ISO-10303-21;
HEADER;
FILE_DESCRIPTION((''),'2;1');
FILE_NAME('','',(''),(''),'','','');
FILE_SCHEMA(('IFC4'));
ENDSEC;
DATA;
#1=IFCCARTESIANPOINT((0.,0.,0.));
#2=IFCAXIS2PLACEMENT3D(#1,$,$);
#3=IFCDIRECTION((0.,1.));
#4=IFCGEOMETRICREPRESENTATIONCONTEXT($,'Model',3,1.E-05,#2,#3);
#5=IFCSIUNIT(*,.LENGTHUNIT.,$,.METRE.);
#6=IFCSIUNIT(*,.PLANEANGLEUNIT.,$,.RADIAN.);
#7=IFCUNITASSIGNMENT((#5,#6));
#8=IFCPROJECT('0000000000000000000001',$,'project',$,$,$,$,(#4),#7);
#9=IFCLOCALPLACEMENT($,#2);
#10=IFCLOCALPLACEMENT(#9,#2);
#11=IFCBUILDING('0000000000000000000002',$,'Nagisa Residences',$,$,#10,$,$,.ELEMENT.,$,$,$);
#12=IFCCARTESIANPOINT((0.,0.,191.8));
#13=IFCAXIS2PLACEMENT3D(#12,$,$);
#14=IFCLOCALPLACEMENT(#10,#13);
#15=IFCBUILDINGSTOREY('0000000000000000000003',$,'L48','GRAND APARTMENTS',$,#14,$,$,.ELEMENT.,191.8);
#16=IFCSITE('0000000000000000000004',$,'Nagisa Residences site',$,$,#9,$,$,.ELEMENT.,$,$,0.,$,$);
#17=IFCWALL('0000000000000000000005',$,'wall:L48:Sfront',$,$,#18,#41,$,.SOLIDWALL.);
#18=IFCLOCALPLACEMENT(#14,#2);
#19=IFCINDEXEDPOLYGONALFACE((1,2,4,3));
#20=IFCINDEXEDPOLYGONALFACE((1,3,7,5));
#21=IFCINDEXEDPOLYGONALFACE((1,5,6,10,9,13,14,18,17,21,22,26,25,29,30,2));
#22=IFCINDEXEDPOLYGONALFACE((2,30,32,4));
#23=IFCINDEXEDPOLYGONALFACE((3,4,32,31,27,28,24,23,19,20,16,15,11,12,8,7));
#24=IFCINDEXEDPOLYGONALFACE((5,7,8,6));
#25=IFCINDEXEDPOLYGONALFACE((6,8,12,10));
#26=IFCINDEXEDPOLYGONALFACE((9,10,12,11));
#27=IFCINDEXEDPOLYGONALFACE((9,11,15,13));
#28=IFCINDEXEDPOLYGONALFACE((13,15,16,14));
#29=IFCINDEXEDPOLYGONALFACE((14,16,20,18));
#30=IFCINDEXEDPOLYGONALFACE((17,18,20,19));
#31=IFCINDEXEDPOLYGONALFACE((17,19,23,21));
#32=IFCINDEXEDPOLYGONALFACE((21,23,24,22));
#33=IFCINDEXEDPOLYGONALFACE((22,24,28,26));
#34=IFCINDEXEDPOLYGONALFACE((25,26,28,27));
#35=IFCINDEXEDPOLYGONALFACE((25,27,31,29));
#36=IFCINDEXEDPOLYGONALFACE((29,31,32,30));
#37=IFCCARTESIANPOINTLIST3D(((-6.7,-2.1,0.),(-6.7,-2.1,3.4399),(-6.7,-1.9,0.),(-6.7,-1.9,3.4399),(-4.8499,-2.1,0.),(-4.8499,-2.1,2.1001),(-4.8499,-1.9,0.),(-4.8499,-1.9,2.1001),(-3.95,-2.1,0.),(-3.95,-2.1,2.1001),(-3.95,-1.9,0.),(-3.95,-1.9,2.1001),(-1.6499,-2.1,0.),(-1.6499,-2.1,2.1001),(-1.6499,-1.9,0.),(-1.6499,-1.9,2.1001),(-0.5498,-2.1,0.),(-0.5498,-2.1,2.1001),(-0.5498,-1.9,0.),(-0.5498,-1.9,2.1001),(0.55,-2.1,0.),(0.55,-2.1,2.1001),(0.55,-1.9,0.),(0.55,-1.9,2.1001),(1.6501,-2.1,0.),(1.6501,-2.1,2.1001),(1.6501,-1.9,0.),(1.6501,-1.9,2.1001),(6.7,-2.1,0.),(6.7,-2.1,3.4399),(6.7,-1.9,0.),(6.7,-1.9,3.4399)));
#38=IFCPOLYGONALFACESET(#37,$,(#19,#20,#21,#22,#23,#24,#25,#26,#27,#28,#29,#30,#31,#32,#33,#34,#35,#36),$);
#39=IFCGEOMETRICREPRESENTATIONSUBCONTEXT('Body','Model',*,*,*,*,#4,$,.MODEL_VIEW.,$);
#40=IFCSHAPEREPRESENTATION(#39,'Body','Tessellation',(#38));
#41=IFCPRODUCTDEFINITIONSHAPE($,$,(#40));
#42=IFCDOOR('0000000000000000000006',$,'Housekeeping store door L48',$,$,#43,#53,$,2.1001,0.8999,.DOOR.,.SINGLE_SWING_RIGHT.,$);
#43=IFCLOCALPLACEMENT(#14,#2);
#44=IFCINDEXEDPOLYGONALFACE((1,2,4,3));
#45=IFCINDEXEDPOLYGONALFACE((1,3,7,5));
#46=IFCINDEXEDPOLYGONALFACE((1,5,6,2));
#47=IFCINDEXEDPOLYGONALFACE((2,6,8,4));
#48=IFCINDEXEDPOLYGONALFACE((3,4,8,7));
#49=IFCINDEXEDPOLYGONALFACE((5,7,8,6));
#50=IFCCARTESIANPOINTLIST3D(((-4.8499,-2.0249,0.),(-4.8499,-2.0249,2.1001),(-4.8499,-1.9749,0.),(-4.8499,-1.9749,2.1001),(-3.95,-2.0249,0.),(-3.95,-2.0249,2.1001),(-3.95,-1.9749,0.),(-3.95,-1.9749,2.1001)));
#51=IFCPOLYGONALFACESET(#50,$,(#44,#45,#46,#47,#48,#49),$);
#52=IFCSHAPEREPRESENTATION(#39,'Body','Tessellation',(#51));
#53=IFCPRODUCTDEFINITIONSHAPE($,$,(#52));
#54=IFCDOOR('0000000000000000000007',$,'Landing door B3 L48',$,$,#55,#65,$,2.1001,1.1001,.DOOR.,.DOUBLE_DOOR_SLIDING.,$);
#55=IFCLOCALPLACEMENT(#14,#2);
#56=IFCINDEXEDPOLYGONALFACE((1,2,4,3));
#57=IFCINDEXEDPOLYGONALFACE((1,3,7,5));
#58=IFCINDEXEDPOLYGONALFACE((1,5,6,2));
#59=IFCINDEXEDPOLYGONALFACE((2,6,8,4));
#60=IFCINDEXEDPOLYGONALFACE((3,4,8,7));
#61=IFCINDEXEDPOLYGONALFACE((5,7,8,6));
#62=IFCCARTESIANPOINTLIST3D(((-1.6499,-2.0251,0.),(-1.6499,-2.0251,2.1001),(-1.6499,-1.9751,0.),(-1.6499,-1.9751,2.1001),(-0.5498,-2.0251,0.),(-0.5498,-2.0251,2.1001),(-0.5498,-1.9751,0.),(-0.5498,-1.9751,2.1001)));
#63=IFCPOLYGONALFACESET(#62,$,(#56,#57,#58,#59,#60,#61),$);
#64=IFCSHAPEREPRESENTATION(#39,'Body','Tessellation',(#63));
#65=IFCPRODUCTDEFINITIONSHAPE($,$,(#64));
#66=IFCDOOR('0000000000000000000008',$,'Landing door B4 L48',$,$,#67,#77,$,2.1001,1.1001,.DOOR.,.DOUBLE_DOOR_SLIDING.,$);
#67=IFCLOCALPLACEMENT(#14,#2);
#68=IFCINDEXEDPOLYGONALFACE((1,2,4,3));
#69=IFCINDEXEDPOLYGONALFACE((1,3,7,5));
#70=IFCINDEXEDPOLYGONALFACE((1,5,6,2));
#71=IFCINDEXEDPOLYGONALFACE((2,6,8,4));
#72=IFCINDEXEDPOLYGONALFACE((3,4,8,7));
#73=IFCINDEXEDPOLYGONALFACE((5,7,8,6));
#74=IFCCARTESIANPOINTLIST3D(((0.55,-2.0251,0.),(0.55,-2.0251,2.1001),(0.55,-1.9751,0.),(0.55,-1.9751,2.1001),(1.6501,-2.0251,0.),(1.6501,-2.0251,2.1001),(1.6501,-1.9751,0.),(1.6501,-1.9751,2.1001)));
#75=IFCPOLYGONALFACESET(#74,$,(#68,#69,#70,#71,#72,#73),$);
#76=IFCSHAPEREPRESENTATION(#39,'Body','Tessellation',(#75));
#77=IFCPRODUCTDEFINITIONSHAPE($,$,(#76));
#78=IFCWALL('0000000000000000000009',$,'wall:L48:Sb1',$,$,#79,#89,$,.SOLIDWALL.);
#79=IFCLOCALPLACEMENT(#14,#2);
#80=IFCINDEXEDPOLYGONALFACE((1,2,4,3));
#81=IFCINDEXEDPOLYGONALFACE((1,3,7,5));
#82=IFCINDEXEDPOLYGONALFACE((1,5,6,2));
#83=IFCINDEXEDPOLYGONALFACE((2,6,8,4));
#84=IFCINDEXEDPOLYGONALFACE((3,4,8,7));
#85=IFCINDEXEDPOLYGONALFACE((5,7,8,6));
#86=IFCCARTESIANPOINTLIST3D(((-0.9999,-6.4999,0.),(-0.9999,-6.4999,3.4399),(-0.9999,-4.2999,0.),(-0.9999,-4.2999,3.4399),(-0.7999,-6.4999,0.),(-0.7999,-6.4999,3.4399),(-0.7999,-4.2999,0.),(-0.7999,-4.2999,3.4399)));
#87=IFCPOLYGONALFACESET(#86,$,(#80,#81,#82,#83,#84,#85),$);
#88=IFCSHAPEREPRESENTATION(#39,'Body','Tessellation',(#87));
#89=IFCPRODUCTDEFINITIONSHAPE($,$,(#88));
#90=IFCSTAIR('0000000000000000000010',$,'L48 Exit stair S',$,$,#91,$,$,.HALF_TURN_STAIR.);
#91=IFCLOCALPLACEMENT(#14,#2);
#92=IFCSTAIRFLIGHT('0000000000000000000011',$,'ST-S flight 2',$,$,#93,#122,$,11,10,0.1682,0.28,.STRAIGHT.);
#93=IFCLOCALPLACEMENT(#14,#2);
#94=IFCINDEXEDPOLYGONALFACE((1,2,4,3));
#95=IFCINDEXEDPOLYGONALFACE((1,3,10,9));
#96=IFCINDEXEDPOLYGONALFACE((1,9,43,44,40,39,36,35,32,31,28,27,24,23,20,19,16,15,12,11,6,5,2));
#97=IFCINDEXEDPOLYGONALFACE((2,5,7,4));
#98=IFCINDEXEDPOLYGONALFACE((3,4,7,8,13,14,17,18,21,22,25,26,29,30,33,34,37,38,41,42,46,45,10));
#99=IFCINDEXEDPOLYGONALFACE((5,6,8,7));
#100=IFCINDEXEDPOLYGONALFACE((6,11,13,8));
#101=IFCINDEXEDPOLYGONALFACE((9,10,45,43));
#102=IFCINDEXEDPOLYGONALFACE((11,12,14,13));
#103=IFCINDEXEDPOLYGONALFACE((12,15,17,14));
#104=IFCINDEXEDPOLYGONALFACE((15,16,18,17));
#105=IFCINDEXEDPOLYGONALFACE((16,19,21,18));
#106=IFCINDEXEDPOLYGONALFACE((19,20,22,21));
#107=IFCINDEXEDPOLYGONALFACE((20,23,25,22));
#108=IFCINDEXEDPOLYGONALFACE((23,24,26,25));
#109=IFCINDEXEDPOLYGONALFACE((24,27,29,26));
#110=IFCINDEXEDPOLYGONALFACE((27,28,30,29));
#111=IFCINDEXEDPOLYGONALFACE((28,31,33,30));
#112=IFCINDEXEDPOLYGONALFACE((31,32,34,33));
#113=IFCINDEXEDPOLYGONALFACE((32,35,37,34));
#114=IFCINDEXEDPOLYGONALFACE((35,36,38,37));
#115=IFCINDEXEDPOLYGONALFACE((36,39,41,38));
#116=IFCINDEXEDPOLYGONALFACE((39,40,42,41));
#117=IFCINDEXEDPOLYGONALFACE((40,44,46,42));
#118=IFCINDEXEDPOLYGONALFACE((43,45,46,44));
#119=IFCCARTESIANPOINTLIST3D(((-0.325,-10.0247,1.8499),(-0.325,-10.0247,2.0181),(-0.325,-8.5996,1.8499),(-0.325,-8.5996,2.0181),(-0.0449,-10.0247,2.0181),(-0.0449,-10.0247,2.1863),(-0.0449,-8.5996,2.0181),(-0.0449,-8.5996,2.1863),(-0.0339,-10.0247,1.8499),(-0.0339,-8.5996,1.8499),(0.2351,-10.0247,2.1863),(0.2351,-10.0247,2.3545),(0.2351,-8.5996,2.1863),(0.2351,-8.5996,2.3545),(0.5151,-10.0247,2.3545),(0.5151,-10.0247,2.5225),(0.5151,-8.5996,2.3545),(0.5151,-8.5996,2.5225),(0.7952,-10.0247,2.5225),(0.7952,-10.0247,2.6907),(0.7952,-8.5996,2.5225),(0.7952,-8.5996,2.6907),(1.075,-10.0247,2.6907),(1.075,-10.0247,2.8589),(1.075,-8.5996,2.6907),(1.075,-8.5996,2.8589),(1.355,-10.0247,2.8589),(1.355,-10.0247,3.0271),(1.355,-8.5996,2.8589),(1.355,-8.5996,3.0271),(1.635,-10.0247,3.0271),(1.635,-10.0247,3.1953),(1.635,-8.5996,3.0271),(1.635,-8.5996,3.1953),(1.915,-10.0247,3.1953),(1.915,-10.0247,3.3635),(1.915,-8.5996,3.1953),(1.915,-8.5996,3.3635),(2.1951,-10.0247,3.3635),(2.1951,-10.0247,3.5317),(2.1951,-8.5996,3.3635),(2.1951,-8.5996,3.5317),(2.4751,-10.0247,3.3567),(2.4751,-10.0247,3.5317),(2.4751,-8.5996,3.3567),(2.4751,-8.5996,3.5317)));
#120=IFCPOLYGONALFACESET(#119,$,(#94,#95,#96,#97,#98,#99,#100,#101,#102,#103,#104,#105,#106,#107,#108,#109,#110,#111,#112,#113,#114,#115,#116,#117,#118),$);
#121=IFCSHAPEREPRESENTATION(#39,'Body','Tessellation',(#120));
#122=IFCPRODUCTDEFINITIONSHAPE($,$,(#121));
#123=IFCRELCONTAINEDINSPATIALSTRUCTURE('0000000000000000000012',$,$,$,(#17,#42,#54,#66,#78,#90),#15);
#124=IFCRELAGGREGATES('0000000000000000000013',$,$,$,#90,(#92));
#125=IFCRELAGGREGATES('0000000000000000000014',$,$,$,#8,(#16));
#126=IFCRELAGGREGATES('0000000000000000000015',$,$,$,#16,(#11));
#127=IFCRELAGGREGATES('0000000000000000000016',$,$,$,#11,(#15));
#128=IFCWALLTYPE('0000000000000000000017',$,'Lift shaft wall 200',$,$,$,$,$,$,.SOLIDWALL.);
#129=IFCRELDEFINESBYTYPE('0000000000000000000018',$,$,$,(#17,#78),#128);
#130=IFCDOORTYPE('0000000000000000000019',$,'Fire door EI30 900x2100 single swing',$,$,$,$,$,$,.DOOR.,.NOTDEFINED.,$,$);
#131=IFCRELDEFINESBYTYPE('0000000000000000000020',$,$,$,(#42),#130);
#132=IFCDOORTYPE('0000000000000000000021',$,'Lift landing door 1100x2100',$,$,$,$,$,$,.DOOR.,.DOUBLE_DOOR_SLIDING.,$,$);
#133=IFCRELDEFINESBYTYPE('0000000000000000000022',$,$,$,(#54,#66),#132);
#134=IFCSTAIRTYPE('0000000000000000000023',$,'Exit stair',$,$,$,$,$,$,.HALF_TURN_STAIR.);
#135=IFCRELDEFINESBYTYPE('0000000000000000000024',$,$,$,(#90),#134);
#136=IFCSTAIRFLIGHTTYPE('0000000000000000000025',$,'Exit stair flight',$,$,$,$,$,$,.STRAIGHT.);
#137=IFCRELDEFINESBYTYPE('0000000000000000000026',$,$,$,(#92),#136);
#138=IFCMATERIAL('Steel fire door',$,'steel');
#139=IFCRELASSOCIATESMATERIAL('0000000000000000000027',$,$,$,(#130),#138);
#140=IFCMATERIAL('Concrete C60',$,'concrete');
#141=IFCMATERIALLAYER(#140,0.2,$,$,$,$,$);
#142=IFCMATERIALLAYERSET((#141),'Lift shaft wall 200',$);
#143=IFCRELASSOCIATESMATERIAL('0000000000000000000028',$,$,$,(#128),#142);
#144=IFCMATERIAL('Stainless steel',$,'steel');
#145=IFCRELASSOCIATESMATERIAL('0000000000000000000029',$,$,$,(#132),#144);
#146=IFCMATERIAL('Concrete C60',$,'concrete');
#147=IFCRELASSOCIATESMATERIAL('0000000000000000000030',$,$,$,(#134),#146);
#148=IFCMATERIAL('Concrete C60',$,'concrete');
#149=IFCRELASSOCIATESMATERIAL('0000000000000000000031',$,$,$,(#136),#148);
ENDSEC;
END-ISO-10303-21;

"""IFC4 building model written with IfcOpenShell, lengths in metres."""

from ifc_helpers import new_model, si_unit, direction, frame, frame_2d, origin, place, context, subcontext, project, spatial, polyline, rectangle, outline, extrude, material, layer, layer_set, type_object, element, fill, aggregate, save


model = new_model("IFC4")

# Units and contexts
model_context = context("Model", 3, precision=1e-05, world=origin(), true_north=direction((0.0, 1.0)))
body_context = subcontext(model_context, "Body", "Model", "MODEL_VIEW")
ifc_project = project(units=[si_unit("LENGTHUNIT", "METRE"), si_unit("PLANEANGLEUNIT", "RADIAN")], contexts=[model_context])

# Site, building, storey
site_placement = place(None, origin())
site = spatial("IfcSite", under=ifc_project, at=site_placement, Name="Nagisa Residences site", CompositionType="ELEMENT", RefElevation=0.0)
building_placement = place(site_placement, origin())
building = spatial("IfcBuilding", under=site, at=building_placement, Name="Nagisa Residences", CompositionType="ELEMENT")
storey_placement = place(building_placement, frame((0.0, 0.0, 191.8)))
storey = spatial("IfcBuildingStorey", under=building, at=storey_placement, Name="L48", Description="GRAND APARTMENTS", CompositionType="ELEMENT", Elevation=191.8)

# Shared definitions
ifc_material_1 = material(Name="Steel fire door", Category="steel")
door_type_1 = type_object("IfcDoorType", Name="Fire door EI30 900x2100 single swing", OperationType="NOTDEFINED", PredefinedType="DOOR", material=ifc_material_1)

# Shared definitions
ifc_material_2 = material(Name="Concrete C60", Category="concrete")
ifc_layer_1 = layer(ifc_material_2, 0.2)
ifc_layer_set_1 = layer_set([ifc_layer_1], Name="Lift shaft wall 200")
wall_type_1 = type_object("IfcWallType", Name="Lift shaft wall 200", PredefinedType="SOLIDWALL", material=ifc_layer_set_1)

# Wall, openings, doors
wall_1_placement = place(storey_placement, frame((-6.7, -2.0, 0.0), z_axis=(0.0, 0.0, 1.0), x_axis=(1.0, 0.0, 0.0)))
wall_1 = element("IfcWall", 1, at=wall_1_placement, inside=storey, type_object=wall_type_1, Name="wall:L48:Sfront", PredefinedType="SOLIDWALL", context=body_context, shape_type="SweptSolid", body=[
    extrude(rectangle(XDim=13.3999, YDim=0.2, at=frame_2d((6.7, 0.0))), origin(), (0.0, 0.0, 1.0), 3.4399),
])
opening_1_placement = place(wall_1_placement, frame((5.05, 0.0, 0.0)))
opening_1 = element("IfcOpeningElement", 2, at=opening_1_placement, cuts=wall_1, PredefinedType="OPENING", context=body_context, shape_type="SweptSolid", body=[
    extrude(rectangle(XDim=1.1001, YDim=2.1001, at=frame_2d((0.55, 1.05))), frame((0.0, 0.1099, 0.0), z_axis=(0.0, -1.0, 0.0), x_axis=(1.0, 0.0, 0.0)), (0.0, 0.0, 1.0), 0.22),
])
opening_2_placement = place(wall_1_placement, frame((7.25, 0.0, 0.0)))
opening_2 = element("IfcOpeningElement", 3, at=opening_2_placement, cuts=wall_1, PredefinedType="OPENING", context=body_context, shape_type="SweptSolid", body=[
    extrude(rectangle(XDim=1.1001, YDim=2.1001, at=frame_2d((0.55, 1.05))), frame((0.0, 0.1099, 0.0), z_axis=(0.0, -1.0, 0.0), x_axis=(1.0, 0.0, 0.0)), (0.0, 0.0, 1.0), 0.22),
])
opening_3_placement = place(wall_1_placement, frame((1.8501, 0.0, 0.0)))
opening_3 = element("IfcOpeningElement", 4, at=opening_3_placement, cuts=wall_1, PredefinedType="OPENING", context=body_context, shape_type="SweptSolid", body=[
    extrude(rectangle(XDim=0.8999, YDim=2.1001, at=frame_2d((0.45, 1.05))), frame((0.0, 0.1099, 0.0), z_axis=(0.0, -1.0, 0.0), x_axis=(1.0, 0.0, 0.0)), (0.0, 0.0, 1.0), 0.22),
])
door_1_placement = place(opening_3_placement, frame((0.8999, 0.0, 0.0), x_axis=(-1.0, 0.0, 0.0)))
door_1 = element("IfcDoor", 5, at=door_1_placement, inside=storey, type_object=door_type_1, Name="Housekeeping store door L48", OperationType="SINGLE_SWING_RIGHT", OverallHeight=2.1001, OverallWidth=0.8999, PredefinedType="DOOR", context=body_context, shape_type="SweptSolid", body=[
    extrude(rectangle(XDim=0.8999, YDim=2.1001, at=frame_2d((0.45, 1.05))), frame((0.0, 0.0249, 0.0), z_axis=(0.0, -1.0, 0.0), x_axis=(1.0, 0.0, 0.0)), (0.0, 0.0, 1.0), 0.05),
])
fill(opening_3, door_1)
ifc_material_3 = material(Name="Stainless steel", Category="steel")
door_type_2 = type_object("IfcDoorType", Name="Lift landing door 1100x2100", OperationType="DOUBLE_DOOR_SLIDING", PredefinedType="DOOR", material=ifc_material_3)
door_2_placement = place(opening_1_placement, origin())
door_2 = element("IfcDoor", 6, at=door_2_placement, inside=storey, type_object=door_type_2, Name="Landing door B3 L48", OperationType="DOUBLE_DOOR_SLIDING", OverallHeight=2.1001, OverallWidth=1.1001, PredefinedType="DOOR", context=body_context, shape_type="SweptSolid", body=[
    extrude(rectangle(XDim=1.1001, YDim=2.1001, at=frame_2d((0.55, 1.05))), frame((0.0, 0.0249, 0.0), z_axis=(0.0, -1.0, 0.0), x_axis=(1.0, 0.0, 0.0)), (0.0, 0.0, 1.0), 0.05),
])
fill(opening_1, door_2)
door_3_placement = place(opening_2_placement, origin())
door_3 = element("IfcDoor", 7, at=door_3_placement, inside=storey, type_object=door_type_2, Name="Landing door B4 L48", OperationType="DOUBLE_DOOR_SLIDING", OverallHeight=2.1001, OverallWidth=1.1001, PredefinedType="DOOR", context=body_context, shape_type="SweptSolid", body=[
    extrude(rectangle(XDim=1.1001, YDim=2.1001, at=frame_2d((0.55, 1.05))), frame((0.0, 0.0249, 0.0), z_axis=(0.0, -1.0, 0.0), x_axis=(1.0, 0.0, 0.0)), (0.0, 0.0, 1.0), 0.05),
])
fill(opening_2, door_3)

# Wall
wall_2_placement = place(storey_placement, frame((-0.8999, -6.5, 0.0), z_axis=(0.0, 0.0, 1.0), x_axis=(0.0, 1.0, 0.0)))
element("IfcWall", 8, at=wall_2_placement, inside=storey, type_object=wall_type_1, Name="wall:L48:Sb1", PredefinedType="SOLIDWALL", context=body_context, shape_type="SweptSolid", body=[
    extrude(rectangle(XDim=2.2, YDim=0.2, at=frame_2d((1.1001, 0.0))), origin(), (0.0, 0.0, 1.0), 3.4399),
])

# Stair, stair flight
ifc_material_4 = material(Name="Concrete C60", Category="concrete")
stair_type = type_object("IfcStairType", Name="Exit stair", PredefinedType="HALF_TURN_STAIR", material=ifc_material_4)
stair_placement = place(storey_placement, origin())
stair = element("IfcStair", 9, at=stair_placement, inside=storey, type_object=stair_type, Name="L48 Exit stair S", PredefinedType="HALF_TURN_STAIR")
ifc_material_5 = material(Name="Concrete C60", Category="concrete")
stair_flight_type = type_object("IfcStairFlightType", Name="Exit stair flight", PredefinedType="STRAIGHT", material=ifc_material_5)
stair_flight_placement = place(storey_placement, frame((-0.325, -9.312, 1.8499), z_axis=(0.0, 0.0, 1.0), x_axis=(1.0, 0.0, 0.0)))
stair_flight = element("IfcStairFlight", 10, at=stair_flight_placement, type_object=stair_flight_type, Name="ST-S flight 2", NumberOfRisers=11, NumberOfTreads=10, PredefinedType="STRAIGHT", RiserHeight=0.1682, TreadLength=0.28, context=body_context, shape_type="SweptSolid", body=[
    extrude(outline(polyline([(0.0, 0.0), (0.0, 0.1682), (0.28, 0.1682), (0.28, 0.3364), (0.5601, 0.3364), (0.5601, 0.5046), (0.8401, 0.5046), (0.8401, 0.6726), (1.1201, 0.6726), (1.1201, 0.8408), (1.3999, 0.8408), (1.3999, 1.009), (1.6799, 1.009), (1.6799, 1.1772), (1.96, 1.1772), (1.96, 1.3455), (2.24, 1.3455), (2.24, 1.5137), (2.52, 1.5137), (2.52, 1.6819), (2.8, 1.6819), (2.8, 1.8501), (2.8, 1.5068), (0.291, 0.0), (0.0, 0.0)])), frame((0.0, 0.7124, 0.0), z_axis=(0.0, -1.0, 0.0), x_axis=(1.0, 0.0, 0.0)), (0.0, 0.0, 1.0), 1.425),
])
aggregate(stair, [stair_flight])

save(model, "model.ifc")
